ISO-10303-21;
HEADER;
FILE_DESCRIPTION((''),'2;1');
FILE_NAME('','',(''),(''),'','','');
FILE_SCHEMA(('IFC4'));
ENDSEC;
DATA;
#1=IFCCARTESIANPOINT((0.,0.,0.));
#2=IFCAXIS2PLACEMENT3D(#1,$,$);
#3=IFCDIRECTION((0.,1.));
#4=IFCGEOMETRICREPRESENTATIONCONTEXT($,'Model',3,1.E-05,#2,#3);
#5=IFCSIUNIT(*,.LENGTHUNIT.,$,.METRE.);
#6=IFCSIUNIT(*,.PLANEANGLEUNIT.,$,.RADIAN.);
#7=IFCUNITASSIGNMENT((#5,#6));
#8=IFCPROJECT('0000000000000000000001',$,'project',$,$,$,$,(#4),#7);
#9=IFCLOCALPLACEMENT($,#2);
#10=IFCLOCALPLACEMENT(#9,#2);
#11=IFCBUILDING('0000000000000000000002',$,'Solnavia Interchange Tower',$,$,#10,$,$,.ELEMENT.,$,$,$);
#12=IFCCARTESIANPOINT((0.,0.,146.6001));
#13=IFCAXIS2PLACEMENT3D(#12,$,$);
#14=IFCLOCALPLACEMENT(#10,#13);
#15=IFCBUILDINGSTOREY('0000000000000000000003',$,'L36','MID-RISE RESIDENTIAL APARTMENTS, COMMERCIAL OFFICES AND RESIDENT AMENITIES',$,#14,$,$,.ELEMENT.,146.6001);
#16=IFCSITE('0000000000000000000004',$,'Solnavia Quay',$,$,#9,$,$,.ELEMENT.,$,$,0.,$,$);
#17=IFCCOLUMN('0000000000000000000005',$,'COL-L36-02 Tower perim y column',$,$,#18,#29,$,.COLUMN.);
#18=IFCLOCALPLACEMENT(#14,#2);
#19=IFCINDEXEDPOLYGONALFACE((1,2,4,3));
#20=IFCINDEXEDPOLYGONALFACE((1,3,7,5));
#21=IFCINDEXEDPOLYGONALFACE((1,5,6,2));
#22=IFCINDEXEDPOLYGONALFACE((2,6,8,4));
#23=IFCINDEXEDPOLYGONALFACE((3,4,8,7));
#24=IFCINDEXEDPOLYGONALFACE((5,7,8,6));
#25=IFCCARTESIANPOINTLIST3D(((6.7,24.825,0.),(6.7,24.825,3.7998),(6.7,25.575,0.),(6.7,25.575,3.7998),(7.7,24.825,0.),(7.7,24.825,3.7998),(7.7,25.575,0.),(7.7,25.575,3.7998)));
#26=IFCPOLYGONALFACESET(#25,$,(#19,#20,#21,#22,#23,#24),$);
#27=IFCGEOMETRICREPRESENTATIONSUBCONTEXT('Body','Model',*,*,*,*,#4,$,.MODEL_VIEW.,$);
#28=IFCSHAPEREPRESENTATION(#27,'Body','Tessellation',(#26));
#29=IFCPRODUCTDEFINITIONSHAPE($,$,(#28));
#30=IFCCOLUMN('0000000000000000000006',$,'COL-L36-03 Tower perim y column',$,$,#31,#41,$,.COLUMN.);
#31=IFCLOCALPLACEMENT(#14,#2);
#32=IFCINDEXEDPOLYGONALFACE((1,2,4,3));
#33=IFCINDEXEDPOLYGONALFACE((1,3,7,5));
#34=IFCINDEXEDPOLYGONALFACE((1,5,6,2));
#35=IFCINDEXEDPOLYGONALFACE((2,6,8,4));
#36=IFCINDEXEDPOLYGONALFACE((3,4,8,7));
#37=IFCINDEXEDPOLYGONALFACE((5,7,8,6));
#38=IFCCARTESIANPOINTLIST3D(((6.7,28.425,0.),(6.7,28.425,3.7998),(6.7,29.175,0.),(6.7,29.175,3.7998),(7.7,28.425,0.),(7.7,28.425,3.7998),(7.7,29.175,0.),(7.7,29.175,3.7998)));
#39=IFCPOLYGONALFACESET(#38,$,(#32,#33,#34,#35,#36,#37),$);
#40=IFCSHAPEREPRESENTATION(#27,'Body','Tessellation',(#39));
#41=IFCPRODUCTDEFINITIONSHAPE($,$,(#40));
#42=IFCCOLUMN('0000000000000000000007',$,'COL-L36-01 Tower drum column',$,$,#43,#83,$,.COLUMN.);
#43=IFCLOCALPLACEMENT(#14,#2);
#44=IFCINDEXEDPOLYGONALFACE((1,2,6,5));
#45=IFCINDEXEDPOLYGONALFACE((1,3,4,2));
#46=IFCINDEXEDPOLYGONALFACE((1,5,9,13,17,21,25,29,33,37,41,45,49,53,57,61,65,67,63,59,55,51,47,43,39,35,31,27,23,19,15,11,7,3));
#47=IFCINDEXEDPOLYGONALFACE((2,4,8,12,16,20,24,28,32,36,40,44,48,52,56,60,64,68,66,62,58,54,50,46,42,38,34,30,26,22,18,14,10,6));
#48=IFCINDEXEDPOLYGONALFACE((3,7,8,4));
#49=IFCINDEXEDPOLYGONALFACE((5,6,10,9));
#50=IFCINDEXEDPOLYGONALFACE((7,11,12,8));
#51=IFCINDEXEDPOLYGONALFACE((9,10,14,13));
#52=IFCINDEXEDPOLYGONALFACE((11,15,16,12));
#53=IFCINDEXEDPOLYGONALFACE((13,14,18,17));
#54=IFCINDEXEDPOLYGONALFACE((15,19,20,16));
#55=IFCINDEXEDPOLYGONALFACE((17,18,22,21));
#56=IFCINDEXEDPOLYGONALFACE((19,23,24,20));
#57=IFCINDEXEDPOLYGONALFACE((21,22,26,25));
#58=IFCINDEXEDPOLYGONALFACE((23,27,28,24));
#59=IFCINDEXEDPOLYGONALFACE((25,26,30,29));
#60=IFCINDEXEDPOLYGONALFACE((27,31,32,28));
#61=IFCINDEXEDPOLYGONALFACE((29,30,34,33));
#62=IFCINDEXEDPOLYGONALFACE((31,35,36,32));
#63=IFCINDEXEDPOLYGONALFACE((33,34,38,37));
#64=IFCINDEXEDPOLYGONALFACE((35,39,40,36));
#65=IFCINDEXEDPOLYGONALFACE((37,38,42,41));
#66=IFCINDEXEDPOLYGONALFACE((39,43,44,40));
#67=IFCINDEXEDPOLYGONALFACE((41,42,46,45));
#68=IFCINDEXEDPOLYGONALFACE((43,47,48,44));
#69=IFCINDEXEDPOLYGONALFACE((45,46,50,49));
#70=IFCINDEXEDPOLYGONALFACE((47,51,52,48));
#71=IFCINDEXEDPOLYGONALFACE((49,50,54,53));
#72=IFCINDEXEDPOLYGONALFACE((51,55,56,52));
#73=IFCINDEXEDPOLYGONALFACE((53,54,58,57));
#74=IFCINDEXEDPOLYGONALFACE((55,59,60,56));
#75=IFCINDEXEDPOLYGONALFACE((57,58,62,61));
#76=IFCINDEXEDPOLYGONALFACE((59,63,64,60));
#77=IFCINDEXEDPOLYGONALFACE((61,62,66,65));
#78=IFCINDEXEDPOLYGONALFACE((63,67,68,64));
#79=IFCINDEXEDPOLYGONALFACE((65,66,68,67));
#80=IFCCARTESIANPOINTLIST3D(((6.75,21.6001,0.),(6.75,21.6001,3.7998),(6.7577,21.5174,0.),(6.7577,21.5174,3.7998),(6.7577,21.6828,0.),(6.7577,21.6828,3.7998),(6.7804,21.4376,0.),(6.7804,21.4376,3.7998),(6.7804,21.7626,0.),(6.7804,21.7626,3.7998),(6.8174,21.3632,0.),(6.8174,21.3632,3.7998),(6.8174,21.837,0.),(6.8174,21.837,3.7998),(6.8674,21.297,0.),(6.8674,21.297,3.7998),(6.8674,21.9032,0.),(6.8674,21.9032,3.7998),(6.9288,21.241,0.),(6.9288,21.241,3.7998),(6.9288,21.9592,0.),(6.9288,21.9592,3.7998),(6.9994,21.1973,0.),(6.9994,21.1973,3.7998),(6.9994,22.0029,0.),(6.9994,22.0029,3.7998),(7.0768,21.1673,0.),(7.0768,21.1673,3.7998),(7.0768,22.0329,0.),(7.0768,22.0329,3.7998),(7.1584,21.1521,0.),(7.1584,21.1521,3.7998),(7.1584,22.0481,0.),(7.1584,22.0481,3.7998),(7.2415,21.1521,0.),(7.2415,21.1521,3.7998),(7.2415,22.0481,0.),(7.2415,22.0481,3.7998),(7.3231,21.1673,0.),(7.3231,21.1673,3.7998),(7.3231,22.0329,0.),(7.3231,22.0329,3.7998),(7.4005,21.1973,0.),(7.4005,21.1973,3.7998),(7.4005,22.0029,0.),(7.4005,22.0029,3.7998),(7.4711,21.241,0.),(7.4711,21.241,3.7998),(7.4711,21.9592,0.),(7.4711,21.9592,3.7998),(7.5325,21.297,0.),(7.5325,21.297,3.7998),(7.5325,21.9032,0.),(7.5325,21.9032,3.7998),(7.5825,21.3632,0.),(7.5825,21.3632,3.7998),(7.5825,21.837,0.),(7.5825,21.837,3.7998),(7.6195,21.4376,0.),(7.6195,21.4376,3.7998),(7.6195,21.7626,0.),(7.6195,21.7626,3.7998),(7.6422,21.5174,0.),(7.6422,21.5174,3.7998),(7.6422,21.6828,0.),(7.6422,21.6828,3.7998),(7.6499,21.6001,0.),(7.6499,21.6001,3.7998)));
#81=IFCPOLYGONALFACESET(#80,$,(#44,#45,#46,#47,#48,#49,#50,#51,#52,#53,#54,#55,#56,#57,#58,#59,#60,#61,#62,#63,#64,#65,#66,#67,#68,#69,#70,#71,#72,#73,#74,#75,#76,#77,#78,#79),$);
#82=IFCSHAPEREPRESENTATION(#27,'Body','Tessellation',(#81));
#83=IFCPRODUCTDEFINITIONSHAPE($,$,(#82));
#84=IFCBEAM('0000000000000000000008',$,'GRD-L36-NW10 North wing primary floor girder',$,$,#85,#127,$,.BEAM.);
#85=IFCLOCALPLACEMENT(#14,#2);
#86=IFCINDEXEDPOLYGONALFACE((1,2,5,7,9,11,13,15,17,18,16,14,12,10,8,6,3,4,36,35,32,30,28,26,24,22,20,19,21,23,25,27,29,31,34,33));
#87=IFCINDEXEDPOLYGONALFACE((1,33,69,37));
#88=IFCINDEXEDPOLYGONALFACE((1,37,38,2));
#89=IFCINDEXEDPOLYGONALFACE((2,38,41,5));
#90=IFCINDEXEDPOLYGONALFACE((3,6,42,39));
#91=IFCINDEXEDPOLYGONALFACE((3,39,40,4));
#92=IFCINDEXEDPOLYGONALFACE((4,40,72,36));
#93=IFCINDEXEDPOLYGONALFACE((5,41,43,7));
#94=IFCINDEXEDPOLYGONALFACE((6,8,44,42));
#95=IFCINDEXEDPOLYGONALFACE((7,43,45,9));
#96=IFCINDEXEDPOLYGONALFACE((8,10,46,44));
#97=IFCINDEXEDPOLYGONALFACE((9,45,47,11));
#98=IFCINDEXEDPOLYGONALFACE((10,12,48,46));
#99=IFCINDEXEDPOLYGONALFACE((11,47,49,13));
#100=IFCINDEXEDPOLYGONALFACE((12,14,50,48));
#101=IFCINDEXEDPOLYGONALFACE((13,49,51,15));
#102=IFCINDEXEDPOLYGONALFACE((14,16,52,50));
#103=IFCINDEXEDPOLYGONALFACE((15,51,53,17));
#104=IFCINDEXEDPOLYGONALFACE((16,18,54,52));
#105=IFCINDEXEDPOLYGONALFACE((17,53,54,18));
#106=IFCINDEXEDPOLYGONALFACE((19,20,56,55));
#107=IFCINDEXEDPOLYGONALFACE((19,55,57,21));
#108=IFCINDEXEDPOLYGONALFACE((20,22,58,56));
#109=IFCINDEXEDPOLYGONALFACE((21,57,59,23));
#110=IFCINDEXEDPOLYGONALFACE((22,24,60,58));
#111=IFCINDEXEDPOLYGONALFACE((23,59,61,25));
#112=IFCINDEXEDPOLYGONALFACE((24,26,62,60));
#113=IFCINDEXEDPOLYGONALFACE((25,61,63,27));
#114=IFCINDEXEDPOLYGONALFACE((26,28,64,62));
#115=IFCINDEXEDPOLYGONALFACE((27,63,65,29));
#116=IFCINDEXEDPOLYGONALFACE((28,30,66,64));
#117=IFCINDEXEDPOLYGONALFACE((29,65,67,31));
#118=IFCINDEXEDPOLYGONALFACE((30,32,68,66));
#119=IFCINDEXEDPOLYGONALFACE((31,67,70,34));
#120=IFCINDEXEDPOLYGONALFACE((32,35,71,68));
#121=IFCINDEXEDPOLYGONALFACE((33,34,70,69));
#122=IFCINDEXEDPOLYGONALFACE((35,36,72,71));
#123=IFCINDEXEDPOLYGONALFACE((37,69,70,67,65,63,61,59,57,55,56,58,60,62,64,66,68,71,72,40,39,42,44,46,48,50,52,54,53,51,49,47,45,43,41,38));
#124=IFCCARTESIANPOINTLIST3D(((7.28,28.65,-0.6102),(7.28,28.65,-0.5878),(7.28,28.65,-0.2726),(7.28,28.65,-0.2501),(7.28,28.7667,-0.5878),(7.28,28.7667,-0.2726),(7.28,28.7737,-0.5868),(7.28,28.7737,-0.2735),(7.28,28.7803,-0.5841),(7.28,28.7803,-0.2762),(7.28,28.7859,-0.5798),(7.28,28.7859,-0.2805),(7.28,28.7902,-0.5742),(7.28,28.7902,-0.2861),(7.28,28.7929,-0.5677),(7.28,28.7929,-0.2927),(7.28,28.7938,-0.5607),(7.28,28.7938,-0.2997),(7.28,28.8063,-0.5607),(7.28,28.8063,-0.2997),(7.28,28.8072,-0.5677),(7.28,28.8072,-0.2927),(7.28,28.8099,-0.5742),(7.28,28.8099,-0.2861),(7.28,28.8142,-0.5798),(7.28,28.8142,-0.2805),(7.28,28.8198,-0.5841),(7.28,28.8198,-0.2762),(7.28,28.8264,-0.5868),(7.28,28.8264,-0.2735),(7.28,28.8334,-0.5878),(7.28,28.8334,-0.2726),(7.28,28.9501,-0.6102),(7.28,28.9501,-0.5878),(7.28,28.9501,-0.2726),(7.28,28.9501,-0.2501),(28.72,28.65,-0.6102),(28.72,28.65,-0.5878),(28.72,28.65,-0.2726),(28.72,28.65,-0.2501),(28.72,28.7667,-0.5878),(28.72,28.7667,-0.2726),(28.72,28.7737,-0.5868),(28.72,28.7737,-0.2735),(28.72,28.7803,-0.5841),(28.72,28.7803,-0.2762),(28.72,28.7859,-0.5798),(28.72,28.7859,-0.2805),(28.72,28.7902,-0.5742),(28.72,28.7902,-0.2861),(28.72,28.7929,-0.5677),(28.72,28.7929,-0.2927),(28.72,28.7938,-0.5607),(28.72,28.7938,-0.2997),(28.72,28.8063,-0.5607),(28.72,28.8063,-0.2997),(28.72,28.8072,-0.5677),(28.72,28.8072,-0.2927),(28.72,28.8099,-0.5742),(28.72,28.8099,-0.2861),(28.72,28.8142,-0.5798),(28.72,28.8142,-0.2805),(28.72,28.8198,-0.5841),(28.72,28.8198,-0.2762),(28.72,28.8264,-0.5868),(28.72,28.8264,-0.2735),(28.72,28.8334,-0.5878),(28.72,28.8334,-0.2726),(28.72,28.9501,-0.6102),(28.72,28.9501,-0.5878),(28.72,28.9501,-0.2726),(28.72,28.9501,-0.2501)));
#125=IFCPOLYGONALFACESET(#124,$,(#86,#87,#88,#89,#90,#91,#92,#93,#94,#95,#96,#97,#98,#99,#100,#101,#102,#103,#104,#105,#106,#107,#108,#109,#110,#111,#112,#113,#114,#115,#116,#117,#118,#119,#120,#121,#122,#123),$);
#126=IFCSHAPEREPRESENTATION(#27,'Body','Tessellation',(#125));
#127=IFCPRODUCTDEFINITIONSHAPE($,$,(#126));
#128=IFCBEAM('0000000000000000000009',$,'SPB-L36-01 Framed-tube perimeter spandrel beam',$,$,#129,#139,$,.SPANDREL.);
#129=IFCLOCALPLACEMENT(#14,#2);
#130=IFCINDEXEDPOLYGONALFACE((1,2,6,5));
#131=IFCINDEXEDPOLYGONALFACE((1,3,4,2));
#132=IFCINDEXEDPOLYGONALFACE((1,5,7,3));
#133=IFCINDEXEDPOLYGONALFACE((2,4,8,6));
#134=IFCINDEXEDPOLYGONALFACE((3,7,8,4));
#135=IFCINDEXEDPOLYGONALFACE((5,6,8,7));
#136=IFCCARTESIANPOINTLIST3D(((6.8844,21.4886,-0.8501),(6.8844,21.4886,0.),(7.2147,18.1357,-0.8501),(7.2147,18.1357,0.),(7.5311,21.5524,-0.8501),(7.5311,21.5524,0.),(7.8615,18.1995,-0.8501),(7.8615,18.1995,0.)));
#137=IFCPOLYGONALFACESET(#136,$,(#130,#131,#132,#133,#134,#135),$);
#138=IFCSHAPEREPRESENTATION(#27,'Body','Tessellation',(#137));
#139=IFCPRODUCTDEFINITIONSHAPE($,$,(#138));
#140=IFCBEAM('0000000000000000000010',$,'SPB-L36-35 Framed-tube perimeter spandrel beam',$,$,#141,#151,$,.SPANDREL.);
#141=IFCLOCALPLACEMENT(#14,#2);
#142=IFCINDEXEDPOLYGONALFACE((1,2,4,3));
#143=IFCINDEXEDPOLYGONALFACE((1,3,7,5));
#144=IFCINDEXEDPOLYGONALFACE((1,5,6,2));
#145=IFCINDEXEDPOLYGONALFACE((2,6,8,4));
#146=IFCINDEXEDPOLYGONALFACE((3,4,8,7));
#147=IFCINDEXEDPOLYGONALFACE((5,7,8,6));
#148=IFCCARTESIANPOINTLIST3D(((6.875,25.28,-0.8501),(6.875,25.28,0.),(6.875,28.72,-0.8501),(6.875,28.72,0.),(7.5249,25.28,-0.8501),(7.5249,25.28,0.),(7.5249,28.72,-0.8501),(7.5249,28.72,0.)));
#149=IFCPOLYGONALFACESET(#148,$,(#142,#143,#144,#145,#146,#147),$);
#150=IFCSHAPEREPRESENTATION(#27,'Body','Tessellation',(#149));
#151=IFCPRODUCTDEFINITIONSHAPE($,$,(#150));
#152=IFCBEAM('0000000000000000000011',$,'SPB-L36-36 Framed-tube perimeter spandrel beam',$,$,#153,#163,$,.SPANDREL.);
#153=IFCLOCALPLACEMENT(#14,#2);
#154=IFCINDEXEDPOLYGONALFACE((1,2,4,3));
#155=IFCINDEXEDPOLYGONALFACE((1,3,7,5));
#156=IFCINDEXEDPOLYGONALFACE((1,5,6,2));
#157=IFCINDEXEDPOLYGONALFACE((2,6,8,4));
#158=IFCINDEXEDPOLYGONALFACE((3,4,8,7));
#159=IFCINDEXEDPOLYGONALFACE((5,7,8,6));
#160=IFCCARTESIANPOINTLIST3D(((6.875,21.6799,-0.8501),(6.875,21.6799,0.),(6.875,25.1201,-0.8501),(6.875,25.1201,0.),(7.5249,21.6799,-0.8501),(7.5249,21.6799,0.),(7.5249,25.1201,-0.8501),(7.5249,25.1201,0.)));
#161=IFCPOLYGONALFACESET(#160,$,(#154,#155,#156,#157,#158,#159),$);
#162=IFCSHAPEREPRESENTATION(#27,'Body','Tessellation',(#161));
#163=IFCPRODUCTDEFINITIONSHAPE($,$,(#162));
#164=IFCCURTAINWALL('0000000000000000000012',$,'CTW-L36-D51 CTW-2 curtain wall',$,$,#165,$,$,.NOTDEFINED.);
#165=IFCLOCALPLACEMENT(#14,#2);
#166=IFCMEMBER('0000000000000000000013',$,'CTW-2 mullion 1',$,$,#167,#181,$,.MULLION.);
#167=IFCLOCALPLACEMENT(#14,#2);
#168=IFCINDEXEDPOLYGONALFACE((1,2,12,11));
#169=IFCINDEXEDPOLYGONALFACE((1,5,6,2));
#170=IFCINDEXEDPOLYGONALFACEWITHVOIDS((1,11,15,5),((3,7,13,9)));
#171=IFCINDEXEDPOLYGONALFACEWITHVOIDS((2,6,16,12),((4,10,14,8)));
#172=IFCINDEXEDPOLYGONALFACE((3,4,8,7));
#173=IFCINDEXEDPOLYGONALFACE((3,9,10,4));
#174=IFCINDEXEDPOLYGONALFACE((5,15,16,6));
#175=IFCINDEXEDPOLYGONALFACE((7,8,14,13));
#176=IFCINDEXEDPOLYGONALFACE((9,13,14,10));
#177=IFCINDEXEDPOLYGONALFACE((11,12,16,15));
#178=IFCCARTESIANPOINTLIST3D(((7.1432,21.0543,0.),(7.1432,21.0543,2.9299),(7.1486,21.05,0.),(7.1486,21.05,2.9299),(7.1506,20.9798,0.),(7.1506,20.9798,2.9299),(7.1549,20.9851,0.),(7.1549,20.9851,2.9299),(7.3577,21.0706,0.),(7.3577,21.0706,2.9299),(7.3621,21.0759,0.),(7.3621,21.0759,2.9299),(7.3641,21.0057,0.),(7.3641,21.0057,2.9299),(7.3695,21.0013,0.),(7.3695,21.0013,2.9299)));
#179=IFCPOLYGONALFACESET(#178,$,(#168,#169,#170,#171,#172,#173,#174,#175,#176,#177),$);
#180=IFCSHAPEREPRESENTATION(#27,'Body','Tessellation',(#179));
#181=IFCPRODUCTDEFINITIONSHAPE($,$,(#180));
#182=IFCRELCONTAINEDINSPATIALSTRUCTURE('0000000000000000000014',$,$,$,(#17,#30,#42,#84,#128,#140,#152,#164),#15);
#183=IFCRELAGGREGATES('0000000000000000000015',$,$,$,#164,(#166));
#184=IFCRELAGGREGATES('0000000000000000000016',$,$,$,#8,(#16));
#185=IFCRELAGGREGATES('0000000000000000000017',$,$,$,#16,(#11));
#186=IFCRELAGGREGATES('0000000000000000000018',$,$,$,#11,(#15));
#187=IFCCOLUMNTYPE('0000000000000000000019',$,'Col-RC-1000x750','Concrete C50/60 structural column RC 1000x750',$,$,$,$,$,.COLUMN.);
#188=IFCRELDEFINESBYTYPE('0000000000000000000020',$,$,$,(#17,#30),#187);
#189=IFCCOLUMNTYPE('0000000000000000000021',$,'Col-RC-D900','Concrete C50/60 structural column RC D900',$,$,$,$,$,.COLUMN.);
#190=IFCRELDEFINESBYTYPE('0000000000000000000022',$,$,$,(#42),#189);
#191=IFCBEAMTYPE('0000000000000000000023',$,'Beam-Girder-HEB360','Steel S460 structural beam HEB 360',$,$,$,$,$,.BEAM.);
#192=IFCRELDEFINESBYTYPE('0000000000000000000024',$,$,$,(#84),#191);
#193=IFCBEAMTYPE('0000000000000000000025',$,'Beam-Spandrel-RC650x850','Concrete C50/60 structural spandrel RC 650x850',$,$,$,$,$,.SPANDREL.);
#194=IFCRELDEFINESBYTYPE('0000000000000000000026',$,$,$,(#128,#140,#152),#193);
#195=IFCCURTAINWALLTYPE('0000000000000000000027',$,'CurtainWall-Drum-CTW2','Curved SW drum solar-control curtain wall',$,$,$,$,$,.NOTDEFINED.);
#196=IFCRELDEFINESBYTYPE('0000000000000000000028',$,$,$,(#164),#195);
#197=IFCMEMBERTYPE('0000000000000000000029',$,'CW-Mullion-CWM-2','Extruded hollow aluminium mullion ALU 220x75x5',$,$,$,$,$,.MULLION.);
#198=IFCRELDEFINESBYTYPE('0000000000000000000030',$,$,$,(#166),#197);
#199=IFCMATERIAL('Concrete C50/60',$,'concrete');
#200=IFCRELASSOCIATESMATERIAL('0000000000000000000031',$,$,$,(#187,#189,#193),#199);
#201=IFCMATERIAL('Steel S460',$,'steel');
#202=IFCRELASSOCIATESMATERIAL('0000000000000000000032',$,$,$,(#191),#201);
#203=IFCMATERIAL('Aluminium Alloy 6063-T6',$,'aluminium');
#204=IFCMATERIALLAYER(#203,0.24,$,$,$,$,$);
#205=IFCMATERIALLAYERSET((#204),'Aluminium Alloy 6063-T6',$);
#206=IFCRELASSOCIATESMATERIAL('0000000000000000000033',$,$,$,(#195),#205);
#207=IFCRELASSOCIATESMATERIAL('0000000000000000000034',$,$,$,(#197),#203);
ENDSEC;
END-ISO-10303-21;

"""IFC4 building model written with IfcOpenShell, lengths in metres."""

from ifc_helpers import new_model, si_unit, direction, frame, origin, origin_2d, place, context, subcontext, project, spatial, rectangle, hollow_rectangle, circle, i_section, extrude, material, layer, layer_set, material_profile, profile_set, type_object, element, aggregate, save


model = new_model("IFC4")

# Units and contexts
model_context = context("Model", 3, precision=1e-05, world=origin(), true_north=direction((0.0, 1.0)))
body_context = subcontext(model_context, "Body", "Model", "MODEL_VIEW")
ifc_project = project(units=[si_unit("LENGTHUNIT", "METRE"), si_unit("PLANEANGLEUNIT", "RADIAN")], contexts=[model_context])

# Site, building, storey
site_placement = place(None, origin())
site = spatial("IfcSite", under=ifc_project, at=site_placement, Name="Solnavia Quay", CompositionType="ELEMENT", RefElevation=0.0)
building_placement = place(site_placement, origin())
building = spatial("IfcBuilding", under=site, at=building_placement, Name="Solnavia Interchange Tower", CompositionType="ELEMENT")
storey_placement = place(building_placement, frame((0.0, 0.0, 146.6001)))
storey = spatial("IfcBuildingStorey", under=building, at=storey_placement, Name="L36", Description="MID-RISE RESIDENTIAL APARTMENTS, COMMERCIAL OFFICES AND RESIDENT AMENITIES", CompositionType="ELEMENT", Elevation=146.6001)

# Columns
ifc_material_1 = material(Name="Concrete C50/60", Category="concrete")
ifc_material_profile_1 = material_profile(ifc_material_1, rectangle(XDim=0.75, YDim=1.0, at=origin_2d()), Name="RC 1000x750")
ifc_profile_set_1 = profile_set([ifc_material_profile_1], Name="Concrete C50/60")
column_type_1 = type_object("IfcColumnType", Name="Col-RC-1000x750", Description="Concrete C50/60 structural column RC 1000x750", PredefinedType="COLUMN", material=ifc_profile_set_1)
for number, where, z_axis, x_axis, name in (
    (1, (7.2, 25.2, 0.0), (0.0, 0.0, 1.0), (0.0, 1.0, 0.0), "COL-L36-02 Tower perim y column"),
    (2, (7.2, 28.8, 0.0), (0.0, 0.0, 1.0), (0.0, 1.0, 0.0), "COL-L36-03 Tower perim y column"),
):
    element("IfcColumn", number, at=place(storey_placement, frame(where, z_axis=z_axis, x_axis=x_axis)), inside=storey, type_object=column_type_1, Name=name, PredefinedType="COLUMN", context=body_context, shape_type="SweptSolid", body=[
        extrude(rectangle(XDim=0.75, YDim=1.0, at=origin_2d()), origin(), (0.0, 0.0, 1.0), 3.7998),
    ])
ifc_material_profile_2 = material_profile(ifc_material_1, circle(Radius=0.45, at=origin_2d()), Name="RC D900")
ifc_profile_set_2 = profile_set([ifc_material_profile_2], Name="Concrete C50/60")
column_type_2 = type_object("IfcColumnType", Name="Col-RC-D900", Description="Concrete C50/60 structural column RC D900", PredefinedType="COLUMN", material=ifc_profile_set_2)
column_placement = place(storey_placement, frame((7.2, 21.6001, 0.0), z_axis=(0.0, 0.0, 1.0), x_axis=(1.0, 0.0, 0.0)))
element("IfcColumn", 3, at=column_placement, inside=storey, type_object=column_type_2, Name="COL-L36-01 Tower drum column", PredefinedType="COLUMN", context=body_context, shape_type="SweptSolid", body=[
    extrude(circle(Radius=0.45, at=origin_2d()), origin(), (0.0, 0.0, 1.0), 3.7998),
])

# Beams
ifc_material_2 = material(Name="Steel S460", Category="steel")
ifc_material_profile_3 = material_profile(ifc_material_2, i_section(OverallWidth=0.3, OverallDepth=0.3601, WebThickness=0.0125, FlangeThickness=0.0225, FilletRadius=0.0271, at=origin_2d()), Name="HEB 360")
ifc_profile_set_3 = profile_set([ifc_material_profile_3], Name="Steel S460")
beam_type_1 = type_object("IfcBeamType", Name="Beam-Girder-HEB360", Description="Steel S460 structural beam HEB 360", PredefinedType="BEAM", material=ifc_profile_set_3)
beam_1_placement = place(storey_placement, frame((7.28, 28.8, -0.4302), z_axis=(1.0, 0.0, 0.0), x_axis=(0.0, 1.0, 0.0)))
element("IfcBeam", 4, at=beam_1_placement, inside=storey, type_object=beam_type_1, Name="GRD-L36-NW10 North wing primary floor girder", PredefinedType="BEAM", context=body_context, shape_type="SweptSolid", body=[
    extrude(i_section(OverallWidth=0.3, OverallDepth=0.3601, WebThickness=0.0125, FlangeThickness=0.0225, FilletRadius=0.0271, at=origin_2d()), origin(), (0.0, 0.0, 1.0), 21.4399),
])
ifc_material_profile_4 = material_profile(ifc_material_1, rectangle(XDim=0.6499, YDim=0.8501, at=origin_2d()), Name="RC 650x850")
ifc_profile_set_4 = profile_set([ifc_material_profile_4], Name="Concrete C50/60")
beam_type_2 = type_object("IfcBeamType", Name="Beam-Spandrel-RC650x850", Description="Concrete C50/60 structural spandrel RC 650x850", PredefinedType="SPANDREL", material=ifc_profile_set_4)
beam_2_placement = place(storey_placement, frame((7.2078, 21.5205, -0.425), z_axis=(0.09804, -0.995182, 0.0), x_axis=(0.995182, 0.09804, 0.0)))
element("IfcBeam", 5, at=beam_2_placement, inside=storey, type_object=beam_type_2, Name="SPB-L36-01 Framed-tube perimeter spandrel beam", PredefinedType="SPANDREL", context=body_context, shape_type="SweptSolid", body=[
    extrude(rectangle(XDim=0.6499, YDim=0.8501, at=origin_2d()), origin(), (0.0, 0.0, 1.0), 3.3691),
])
beam_3_placement = place(storey_placement, frame((7.2, 28.72, -0.425), z_axis=(0.0, -1.0, 0.0), x_axis=(1.0, 0.0, 0.0)))
element("IfcBeam", 6, at=beam_3_placement, inside=storey, type_object=beam_type_2, Name="SPB-L36-35 Framed-tube perimeter spandrel beam", PredefinedType="SPANDREL", context=body_context, shape_type="SweptSolid", body=[
    extrude(rectangle(XDim=0.6499, YDim=0.8501, at=origin_2d()), origin(), (0.0, 0.0, 1.0), 3.4399),
])
beam_4_placement = place(storey_placement, frame((7.2, 25.1201, -0.425), z_axis=(0.0, -1.0, 0.0), x_axis=(1.0, 0.0, 0.0)))
element("IfcBeam", 7, at=beam_4_placement, inside=storey, type_object=beam_type_2, Name="SPB-L36-36 Framed-tube perimeter spandrel beam", PredefinedType="SPANDREL", context=body_context, shape_type="SweptSolid", body=[
    extrude(rectangle(XDim=0.6499, YDim=0.8501, at=origin_2d()), origin(), (0.0, 0.0, 1.0), 3.4402),
])

# Curtain wall, member
ifc_material_3 = material(Name="Aluminium Alloy 6063-T6", Category="aluminium")
ifc_layer_1 = layer(ifc_material_3, 0.24)
ifc_layer_set_1 = layer_set([ifc_layer_1], Name="Aluminium Alloy 6063-T6")
curtain_wall_type = type_object("IfcCurtainWallType", Name="CurtainWall-Drum-CTW2", Description="Curved SW drum solar-control curtain wall", PredefinedType="NOTDEFINED", material=ifc_layer_set_1)
curtain_wall_placement = place(storey_placement, origin())
curtain_wall = element("IfcCurtainWall", 8, at=curtain_wall_placement, inside=storey, type_object=curtain_wall_type, Name="CTW-L36-D51 CTW-2 curtain wall", PredefinedType="NOTDEFINED")
ifc_material_profile_5 = material_profile(ifc_material_3, hollow_rectangle(XDim=0.075, YDim=0.22, WallThickness=0.0049, at=origin_2d()), Name="ALU 220x75x5")
ifc_profile_set_5 = profile_set([ifc_material_profile_5], Name="Aluminium Alloy 6063-T6")
member_type_1 = type_object("IfcMemberType", Name="CW-Mullion-CWM-2", Description="Extruded hollow aluminium mullion ALU 220x75x5", PredefinedType="MULLION", material=ifc_profile_set_5)
member_1_placement = place(storey_placement, frame((7.2563, 21.0278, 0.0), z_axis=(0.0, 0.0, 1.0), x_axis=(0.098043, -0.995182, 0.0)))
member_1 = element("IfcMember", 9, at=member_1_placement, type_object=member_type_1, Name="CTW-2 mullion 1", PredefinedType="MULLION", context=body_context, shape_type="SweptSolid", body=[
    extrude(hollow_rectangle(XDim=0.075, YDim=0.22, WallThickness=0.0049, at=origin_2d()), origin(), (0.0, 0.0, 1.0), 2.9299),
])
aggregate(curtain_wall, [member_1])

save(model, "model.ifc")
